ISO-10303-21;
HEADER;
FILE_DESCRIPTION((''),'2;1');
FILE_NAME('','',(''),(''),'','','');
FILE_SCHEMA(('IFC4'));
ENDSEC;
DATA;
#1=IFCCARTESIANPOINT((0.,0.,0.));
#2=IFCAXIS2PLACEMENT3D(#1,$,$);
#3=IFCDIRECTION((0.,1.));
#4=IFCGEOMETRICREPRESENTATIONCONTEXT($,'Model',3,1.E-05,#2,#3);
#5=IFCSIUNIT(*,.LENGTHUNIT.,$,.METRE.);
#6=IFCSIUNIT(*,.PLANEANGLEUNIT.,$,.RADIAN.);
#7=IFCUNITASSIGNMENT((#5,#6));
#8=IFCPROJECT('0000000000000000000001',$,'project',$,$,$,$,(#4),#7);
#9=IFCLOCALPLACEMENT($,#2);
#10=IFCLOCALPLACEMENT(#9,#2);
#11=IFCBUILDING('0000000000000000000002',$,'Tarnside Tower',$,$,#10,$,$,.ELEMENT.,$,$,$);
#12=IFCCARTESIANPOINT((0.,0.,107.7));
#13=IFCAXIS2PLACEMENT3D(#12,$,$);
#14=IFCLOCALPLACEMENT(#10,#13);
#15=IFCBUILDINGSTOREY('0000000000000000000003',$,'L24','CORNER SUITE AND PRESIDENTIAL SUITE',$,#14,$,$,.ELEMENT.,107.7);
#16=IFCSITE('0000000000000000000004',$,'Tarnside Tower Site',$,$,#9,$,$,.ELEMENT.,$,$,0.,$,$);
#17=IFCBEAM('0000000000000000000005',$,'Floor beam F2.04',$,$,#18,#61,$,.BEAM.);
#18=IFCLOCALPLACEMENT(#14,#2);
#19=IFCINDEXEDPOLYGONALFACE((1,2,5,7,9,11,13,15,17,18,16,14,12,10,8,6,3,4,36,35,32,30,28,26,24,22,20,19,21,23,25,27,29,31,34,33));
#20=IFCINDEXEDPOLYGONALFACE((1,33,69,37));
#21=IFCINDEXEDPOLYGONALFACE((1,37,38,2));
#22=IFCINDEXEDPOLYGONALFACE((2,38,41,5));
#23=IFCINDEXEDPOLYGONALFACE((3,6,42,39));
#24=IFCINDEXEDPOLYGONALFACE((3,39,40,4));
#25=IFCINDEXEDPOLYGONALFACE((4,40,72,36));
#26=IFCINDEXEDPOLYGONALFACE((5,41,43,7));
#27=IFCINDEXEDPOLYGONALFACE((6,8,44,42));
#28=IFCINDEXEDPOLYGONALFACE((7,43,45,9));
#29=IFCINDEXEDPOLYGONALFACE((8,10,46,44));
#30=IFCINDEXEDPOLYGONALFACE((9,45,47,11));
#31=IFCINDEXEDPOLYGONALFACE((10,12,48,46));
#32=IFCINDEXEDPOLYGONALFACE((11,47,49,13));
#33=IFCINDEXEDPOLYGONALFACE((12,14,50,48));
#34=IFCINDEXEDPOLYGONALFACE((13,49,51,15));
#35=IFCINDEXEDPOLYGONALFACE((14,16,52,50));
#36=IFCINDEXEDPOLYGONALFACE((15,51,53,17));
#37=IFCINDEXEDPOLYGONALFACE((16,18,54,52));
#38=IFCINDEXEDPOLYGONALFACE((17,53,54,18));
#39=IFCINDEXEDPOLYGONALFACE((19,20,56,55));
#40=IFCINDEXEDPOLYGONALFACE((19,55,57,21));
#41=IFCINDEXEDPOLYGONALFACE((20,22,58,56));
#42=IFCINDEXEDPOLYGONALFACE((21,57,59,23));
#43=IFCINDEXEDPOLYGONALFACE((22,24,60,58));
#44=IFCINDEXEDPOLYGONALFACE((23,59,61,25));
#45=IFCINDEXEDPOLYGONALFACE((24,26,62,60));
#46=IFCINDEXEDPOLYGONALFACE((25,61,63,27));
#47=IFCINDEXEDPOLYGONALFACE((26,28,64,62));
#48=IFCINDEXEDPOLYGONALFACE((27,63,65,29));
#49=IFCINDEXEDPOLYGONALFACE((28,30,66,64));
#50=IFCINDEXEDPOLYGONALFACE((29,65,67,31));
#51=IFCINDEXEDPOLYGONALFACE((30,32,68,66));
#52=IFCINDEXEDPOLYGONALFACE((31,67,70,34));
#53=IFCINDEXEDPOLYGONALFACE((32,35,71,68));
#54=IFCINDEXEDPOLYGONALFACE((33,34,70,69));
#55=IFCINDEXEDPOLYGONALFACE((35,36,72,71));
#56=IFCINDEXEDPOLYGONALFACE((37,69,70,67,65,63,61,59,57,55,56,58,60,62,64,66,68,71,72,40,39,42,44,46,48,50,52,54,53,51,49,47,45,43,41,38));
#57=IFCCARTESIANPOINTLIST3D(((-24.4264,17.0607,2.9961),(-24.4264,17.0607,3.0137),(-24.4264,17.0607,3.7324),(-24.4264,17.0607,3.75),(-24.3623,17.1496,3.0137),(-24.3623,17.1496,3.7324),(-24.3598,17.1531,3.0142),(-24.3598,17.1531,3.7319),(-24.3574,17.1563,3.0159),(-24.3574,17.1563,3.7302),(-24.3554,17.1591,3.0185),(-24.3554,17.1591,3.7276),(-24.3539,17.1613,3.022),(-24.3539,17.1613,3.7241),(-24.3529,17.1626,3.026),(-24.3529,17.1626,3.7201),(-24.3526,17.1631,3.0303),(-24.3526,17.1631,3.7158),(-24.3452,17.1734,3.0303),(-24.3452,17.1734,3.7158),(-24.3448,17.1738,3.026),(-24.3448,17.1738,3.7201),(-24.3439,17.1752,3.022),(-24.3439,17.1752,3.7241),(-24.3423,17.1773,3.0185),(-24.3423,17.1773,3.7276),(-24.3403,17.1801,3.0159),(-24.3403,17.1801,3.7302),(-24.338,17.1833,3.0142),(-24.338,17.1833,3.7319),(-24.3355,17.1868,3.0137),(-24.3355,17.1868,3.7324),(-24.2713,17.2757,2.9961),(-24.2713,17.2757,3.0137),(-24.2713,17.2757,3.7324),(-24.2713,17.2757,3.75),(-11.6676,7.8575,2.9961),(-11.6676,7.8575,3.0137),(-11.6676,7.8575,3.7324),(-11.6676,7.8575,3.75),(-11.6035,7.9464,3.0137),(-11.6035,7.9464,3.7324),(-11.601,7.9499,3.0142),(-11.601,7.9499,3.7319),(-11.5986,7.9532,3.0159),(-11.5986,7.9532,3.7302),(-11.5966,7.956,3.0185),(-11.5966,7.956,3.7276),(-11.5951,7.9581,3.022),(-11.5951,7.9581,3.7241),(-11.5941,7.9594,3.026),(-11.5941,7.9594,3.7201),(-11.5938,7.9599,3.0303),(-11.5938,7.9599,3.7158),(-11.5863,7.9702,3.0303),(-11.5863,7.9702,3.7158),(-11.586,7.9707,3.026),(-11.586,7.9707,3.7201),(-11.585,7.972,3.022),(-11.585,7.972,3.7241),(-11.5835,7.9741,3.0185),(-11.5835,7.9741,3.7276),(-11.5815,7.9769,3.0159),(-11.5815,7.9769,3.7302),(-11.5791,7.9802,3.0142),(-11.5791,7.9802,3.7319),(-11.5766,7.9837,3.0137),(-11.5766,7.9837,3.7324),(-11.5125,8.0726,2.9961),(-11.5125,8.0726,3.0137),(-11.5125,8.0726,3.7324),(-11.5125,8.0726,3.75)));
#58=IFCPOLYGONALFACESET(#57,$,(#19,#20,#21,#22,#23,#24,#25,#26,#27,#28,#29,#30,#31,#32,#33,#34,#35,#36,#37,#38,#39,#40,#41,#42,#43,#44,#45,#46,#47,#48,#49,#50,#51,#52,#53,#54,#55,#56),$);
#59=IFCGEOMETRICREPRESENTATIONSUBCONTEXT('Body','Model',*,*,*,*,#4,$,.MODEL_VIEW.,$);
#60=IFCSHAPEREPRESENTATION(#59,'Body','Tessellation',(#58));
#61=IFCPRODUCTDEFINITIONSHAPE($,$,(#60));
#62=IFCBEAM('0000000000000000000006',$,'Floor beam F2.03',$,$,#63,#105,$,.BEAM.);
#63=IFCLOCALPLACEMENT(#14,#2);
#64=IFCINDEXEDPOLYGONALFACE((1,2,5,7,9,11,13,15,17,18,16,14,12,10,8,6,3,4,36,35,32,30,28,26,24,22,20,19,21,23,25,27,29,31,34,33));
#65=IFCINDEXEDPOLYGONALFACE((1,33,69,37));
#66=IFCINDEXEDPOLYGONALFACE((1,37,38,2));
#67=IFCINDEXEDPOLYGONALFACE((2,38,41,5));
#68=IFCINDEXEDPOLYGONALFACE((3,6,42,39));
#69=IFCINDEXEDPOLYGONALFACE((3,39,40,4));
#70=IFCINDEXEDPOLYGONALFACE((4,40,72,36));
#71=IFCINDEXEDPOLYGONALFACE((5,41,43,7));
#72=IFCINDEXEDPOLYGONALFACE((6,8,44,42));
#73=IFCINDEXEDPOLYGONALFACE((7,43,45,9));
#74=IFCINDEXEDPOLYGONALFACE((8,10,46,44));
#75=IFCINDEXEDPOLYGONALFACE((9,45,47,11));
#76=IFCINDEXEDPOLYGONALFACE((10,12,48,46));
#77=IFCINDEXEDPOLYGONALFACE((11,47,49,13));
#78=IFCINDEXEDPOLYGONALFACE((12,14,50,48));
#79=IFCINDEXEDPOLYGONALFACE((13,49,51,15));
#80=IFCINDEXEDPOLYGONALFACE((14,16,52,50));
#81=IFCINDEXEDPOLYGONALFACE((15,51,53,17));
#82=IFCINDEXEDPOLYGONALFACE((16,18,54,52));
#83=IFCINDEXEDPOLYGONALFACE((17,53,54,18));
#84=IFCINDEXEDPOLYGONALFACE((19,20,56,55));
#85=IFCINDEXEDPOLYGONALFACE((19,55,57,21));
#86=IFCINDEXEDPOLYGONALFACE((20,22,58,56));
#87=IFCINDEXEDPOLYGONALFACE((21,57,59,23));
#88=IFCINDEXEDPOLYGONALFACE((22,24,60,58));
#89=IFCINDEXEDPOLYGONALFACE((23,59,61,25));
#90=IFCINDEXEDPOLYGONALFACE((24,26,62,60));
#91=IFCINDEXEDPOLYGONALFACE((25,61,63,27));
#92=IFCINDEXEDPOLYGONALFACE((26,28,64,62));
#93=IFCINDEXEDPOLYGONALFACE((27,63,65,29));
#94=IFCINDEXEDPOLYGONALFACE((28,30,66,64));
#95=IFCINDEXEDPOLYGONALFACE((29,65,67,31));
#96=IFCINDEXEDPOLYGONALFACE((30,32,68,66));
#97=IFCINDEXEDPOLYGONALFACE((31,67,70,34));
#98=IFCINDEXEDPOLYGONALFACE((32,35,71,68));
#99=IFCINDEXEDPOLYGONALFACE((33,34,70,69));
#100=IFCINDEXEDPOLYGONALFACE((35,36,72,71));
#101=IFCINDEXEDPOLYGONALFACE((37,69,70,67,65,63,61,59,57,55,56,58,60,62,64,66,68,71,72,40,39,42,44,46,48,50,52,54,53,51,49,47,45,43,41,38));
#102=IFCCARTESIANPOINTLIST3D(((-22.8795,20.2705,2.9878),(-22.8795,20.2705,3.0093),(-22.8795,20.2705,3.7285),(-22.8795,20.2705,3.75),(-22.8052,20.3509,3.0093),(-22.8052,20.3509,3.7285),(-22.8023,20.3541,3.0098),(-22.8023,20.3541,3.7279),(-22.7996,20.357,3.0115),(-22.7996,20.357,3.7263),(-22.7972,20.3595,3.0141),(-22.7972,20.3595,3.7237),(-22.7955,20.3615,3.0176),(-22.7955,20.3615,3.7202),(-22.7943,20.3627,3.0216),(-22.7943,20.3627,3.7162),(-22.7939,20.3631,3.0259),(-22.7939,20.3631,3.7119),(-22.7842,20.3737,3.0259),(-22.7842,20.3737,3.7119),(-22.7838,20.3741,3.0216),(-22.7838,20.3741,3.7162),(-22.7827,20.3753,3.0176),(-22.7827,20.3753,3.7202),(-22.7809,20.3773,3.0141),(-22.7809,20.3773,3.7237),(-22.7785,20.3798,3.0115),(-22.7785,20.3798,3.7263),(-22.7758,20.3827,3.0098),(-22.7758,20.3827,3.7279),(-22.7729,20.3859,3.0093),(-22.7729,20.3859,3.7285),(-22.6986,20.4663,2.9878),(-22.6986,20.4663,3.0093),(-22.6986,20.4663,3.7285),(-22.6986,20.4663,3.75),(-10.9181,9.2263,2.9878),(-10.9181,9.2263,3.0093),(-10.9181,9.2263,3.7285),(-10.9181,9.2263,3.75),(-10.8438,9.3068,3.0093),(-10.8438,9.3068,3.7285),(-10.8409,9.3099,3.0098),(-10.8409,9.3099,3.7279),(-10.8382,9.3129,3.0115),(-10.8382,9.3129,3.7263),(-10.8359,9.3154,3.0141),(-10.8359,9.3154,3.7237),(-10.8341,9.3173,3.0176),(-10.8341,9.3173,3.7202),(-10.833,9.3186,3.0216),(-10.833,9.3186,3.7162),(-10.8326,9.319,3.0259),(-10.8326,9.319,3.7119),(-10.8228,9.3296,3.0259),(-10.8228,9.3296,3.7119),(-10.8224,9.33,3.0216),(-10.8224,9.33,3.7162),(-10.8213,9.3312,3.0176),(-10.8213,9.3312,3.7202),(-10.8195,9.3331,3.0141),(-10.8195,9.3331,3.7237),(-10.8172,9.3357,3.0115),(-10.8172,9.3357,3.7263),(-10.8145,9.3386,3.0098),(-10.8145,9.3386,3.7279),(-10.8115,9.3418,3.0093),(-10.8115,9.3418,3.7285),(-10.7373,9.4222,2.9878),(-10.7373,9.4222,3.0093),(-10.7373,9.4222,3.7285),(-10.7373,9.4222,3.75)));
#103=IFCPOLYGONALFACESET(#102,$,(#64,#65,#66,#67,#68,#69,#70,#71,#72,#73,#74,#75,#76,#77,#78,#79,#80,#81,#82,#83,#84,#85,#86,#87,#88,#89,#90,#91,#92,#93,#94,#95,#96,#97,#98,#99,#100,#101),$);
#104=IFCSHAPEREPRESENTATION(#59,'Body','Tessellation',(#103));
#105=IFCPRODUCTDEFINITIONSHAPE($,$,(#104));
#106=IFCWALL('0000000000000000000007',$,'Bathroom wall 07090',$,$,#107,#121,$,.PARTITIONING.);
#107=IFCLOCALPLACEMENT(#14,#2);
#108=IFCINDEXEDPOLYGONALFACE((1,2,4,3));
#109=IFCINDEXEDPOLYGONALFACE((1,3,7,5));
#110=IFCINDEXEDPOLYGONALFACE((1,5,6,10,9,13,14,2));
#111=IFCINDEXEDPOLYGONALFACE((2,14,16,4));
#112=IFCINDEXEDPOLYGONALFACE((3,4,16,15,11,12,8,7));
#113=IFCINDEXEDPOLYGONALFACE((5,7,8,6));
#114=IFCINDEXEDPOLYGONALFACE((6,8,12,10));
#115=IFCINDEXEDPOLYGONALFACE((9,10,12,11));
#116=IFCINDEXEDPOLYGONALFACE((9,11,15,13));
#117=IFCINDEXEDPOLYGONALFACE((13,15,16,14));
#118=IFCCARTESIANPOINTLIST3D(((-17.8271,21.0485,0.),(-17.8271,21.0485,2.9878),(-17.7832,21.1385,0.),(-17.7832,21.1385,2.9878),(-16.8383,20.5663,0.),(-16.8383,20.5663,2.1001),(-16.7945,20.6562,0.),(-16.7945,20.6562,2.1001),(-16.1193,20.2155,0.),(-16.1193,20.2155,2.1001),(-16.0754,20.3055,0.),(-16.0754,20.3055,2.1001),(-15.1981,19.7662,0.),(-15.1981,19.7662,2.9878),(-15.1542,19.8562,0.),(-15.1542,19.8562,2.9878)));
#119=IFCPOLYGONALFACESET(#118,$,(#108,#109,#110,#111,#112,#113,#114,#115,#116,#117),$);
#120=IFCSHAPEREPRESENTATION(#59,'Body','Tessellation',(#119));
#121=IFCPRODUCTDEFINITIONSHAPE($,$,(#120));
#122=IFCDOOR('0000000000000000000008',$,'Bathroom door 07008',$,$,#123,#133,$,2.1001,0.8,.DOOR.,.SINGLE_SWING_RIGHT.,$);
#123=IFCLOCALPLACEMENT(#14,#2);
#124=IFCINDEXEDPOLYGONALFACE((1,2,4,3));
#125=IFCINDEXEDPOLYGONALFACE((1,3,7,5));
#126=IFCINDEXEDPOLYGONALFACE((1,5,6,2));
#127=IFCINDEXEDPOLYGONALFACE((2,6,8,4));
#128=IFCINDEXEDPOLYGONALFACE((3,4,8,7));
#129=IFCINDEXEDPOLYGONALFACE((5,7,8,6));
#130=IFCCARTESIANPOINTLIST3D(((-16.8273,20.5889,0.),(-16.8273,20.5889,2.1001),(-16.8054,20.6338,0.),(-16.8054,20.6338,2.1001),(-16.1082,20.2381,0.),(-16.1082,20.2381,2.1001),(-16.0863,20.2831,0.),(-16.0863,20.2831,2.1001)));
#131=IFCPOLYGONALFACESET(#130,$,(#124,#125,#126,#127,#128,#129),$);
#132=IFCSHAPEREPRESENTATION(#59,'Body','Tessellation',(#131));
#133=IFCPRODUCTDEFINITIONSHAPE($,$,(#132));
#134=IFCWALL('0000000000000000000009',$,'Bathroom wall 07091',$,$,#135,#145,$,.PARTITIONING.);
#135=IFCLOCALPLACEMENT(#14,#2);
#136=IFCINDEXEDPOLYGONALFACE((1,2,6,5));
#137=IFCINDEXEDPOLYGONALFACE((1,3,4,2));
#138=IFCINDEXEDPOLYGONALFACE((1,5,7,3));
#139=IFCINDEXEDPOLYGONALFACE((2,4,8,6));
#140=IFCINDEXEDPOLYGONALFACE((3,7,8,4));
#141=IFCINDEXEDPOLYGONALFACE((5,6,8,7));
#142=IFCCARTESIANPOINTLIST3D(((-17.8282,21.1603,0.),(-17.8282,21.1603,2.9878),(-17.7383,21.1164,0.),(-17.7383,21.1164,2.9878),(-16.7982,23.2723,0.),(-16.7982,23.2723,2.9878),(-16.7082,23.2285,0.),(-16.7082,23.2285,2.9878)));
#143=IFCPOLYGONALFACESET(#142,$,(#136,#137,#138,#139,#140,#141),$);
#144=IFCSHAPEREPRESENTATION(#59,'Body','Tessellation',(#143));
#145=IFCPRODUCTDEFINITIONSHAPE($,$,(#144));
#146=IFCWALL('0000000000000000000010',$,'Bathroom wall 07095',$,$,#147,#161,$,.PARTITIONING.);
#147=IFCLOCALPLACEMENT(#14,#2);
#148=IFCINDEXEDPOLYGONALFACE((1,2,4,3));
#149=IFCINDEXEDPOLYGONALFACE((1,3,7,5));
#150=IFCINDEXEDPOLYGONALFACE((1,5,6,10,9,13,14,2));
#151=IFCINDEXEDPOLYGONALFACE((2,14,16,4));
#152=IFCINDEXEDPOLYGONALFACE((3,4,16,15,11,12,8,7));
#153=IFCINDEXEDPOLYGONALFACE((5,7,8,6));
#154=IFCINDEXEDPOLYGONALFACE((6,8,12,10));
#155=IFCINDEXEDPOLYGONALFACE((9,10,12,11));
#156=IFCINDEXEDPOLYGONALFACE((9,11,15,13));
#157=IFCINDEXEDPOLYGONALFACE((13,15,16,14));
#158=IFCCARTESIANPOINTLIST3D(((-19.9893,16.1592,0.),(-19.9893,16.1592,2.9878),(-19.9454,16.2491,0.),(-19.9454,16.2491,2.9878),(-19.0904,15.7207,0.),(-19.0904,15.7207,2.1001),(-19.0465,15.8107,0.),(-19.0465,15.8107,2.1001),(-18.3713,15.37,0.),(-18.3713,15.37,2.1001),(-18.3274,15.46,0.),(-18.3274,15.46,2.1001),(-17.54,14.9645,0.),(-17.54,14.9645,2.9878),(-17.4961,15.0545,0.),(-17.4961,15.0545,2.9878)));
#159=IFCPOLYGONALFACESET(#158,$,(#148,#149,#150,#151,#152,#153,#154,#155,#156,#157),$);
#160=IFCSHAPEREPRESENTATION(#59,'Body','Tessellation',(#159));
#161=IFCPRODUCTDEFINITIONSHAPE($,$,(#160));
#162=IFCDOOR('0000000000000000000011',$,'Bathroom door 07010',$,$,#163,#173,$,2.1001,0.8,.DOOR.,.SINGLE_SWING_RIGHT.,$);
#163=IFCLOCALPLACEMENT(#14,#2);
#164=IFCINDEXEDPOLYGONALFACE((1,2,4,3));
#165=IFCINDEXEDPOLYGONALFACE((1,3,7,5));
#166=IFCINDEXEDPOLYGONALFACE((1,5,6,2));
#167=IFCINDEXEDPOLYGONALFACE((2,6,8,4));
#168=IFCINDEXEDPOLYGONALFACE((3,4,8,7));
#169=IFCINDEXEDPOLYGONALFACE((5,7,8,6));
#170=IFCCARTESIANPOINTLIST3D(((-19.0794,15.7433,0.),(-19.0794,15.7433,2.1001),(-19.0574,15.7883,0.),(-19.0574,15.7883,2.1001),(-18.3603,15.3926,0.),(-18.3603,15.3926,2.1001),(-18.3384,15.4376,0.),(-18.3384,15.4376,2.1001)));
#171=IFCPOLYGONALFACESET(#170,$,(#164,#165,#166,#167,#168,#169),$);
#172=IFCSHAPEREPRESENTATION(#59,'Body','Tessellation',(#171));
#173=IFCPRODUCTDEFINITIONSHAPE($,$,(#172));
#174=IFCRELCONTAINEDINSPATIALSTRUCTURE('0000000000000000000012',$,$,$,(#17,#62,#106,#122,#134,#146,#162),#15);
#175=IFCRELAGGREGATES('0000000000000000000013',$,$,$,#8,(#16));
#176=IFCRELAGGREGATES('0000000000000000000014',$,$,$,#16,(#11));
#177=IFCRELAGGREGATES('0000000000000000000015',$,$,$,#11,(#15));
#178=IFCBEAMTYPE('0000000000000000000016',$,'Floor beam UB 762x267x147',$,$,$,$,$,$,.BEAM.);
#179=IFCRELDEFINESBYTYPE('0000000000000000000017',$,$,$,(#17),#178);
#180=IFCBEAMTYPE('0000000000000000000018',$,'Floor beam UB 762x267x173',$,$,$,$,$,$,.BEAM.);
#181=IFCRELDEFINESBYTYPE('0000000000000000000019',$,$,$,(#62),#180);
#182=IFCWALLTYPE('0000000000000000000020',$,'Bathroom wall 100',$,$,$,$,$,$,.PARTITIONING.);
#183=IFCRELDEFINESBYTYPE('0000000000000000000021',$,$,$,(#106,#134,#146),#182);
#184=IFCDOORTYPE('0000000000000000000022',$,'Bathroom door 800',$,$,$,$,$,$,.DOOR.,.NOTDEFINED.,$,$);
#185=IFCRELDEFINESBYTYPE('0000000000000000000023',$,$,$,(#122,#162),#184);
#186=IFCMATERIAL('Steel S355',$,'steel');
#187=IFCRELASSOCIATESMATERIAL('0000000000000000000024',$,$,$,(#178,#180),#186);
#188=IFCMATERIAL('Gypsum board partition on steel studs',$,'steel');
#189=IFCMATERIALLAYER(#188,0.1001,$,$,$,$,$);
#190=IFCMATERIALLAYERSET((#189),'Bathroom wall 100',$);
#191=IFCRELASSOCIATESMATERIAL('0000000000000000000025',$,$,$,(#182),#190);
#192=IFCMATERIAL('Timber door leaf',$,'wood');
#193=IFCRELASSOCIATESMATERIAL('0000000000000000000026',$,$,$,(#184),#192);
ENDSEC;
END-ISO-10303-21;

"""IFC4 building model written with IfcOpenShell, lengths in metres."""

from ifc_helpers import new_model, si_unit, direction, frame, frame_2d, origin, origin_2d, place, context, subcontext, project, spatial, rectangle, i_section, extrude, material, layer, layer_set, material_profile, profile_set, type_object, element, fill, save


model = new_model("IFC4")

# Units and contexts
model_context = context("Model", 3, precision=1e-05, world=origin(), true_north=direction((0.0, 1.0)))
body_context = subcontext(model_context, "Body", "Model", "MODEL_VIEW")
ifc_project = project(units=[si_unit("LENGTHUNIT", "METRE"), si_unit("PLANEANGLEUNIT", "RADIAN")], contexts=[model_context])

# Site, building, storey
site_placement = place(None, origin())
site = spatial("IfcSite", under=ifc_project, at=site_placement, Name="Tarnside Tower Site", CompositionType="ELEMENT", RefElevation=0.0)
building_placement = place(site_placement, origin())
building = spatial("IfcBuilding", under=site, at=building_placement, Name="Tarnside Tower", CompositionType="ELEMENT")
storey_placement = place(building_placement, frame((0.0, 0.0, 107.7)))
storey = spatial("IfcBuildingStorey", under=building, at=storey_placement, Name="L24", Description="CORNER SUITE AND PRESIDENTIAL SUITE", CompositionType="ELEMENT", Elevation=107.7)

# Beams
ifc_material_1 = material(Name="Steel S355", Category="steel")
ifc_material_profile_1 = material_profile(ifc_material_1, i_section(OverallWidth=0.2651, OverallDepth=0.7539, WebThickness=0.0127, FlangeThickness=0.0176, FilletRadius=0.0166, at=origin_2d()), Name="UB 762x267x147")
ifc_profile_set_1 = profile_set([ifc_material_profile_1], Name="Steel S355")
beam_type_1 = type_object("IfcBeamType", Name="Floor beam UB 762x267x147", PredefinedType="BEAM", material=ifc_profile_set_1)
beam_1_placement = place(storey_placement, frame((-24.3489, 17.1682, 3.373), z_axis=(0.811028, -0.585008, 0.0), x_axis=(0.585008, 0.811028, 0.0)))
element("IfcBeam", 1, at=beam_1_placement, inside=storey, type_object=beam_type_1, Name="Floor beam F2.04", PredefinedType="BEAM", context=body_context, shape_type="SweptSolid", body=[
    extrude(i_section(OverallWidth=0.2651, OverallDepth=0.7539, WebThickness=0.0127, FlangeThickness=0.0176, FilletRadius=0.0166, at=origin_2d()), origin(), (0.0, 0.0, 1.0), 15.7317),
])
ifc_material_profile_2 = material_profile(ifc_material_1, i_section(OverallWidth=0.2666, OverallDepth=0.7622, WebThickness=0.0144, FlangeThickness=0.0215, FilletRadius=0.0166, at=origin_2d()), Name="UB 762x267x173")
ifc_profile_set_2 = profile_set([ifc_material_profile_2], Name="Steel S355")
beam_type_2 = type_object("IfcBeamType", Name="Floor beam UB 762x267x173", PredefinedType="BEAM", material=ifc_profile_set_2)
beam_2_placement = place(storey_placement, frame((-22.7891, 20.3684, 3.3689), z_axis=(0.734715, -0.678375, 0.0), x_axis=(0.678375, 0.734715, 0.0)))
element("IfcBeam", 2, at=beam_2_placement, inside=storey, type_object=beam_type_2, Name="Floor beam F2.03", PredefinedType="BEAM", context=body_context, shape_type="SweptSolid", body=[
    extrude(i_section(OverallWidth=0.2666, OverallDepth=0.7622, WebThickness=0.0144, FlangeThickness=0.0215, FilletRadius=0.0166, at=origin_2d()), origin(), (0.0, 0.0, 1.0), 16.2803),
])

# Wall, opening, door
ifc_material_2 = material(Name="Gypsum board partition on steel studs", Category="steel")
ifc_layer_1 = layer(ifc_material_2, 0.1001)
ifc_layer_set_1 = layer_set([ifc_layer_1], Name="Bathroom wall 100")
wall_type_1 = type_object("IfcWallType", Name="Bathroom wall 100", PredefinedType="PARTITIONING", material=ifc_layer_set_1)
wall_1_placement = place(storey_placement, frame((-15.1763, 19.8113, 0.0), z_axis=(0.0, 0.0, 1.0), x_axis=(-0.898791, 0.438378, 0.0)))
wall_1 = element("IfcWall", 3, at=wall_1_placement, inside=storey, type_object=wall_type_1, Name="Bathroom wall 07090", PredefinedType="PARTITIONING", context=body_context, shape_type="SweptSolid", body=[
    extrude(rectangle(XDim=2.925, YDim=0.1001, at=frame_2d((1.4624, 0.0))), origin(), (0.0, 0.0, 1.0), 2.9878),
])
opening_1_placement = place(wall_1_placement, frame((1.0249, 0.0, 0.0)))
opening_1 = element("IfcOpeningElement", 4, at=opening_1_placement, cuts=wall_1, PredefinedType="OPENING", context=body_context, shape_type="SweptSolid", body=[
    extrude(rectangle(XDim=0.8, YDim=2.1001, at=frame_2d((0.3999, 1.05))), frame((0.0, 0.0601, 0.0), z_axis=(0.0, -1.0, 0.0), x_axis=(1.0, 0.0, 0.0)), (0.0, 0.0, 1.0), 0.1201),
])
ifc_material_3 = material(Name="Timber door leaf", Category="wood")
door_type_1 = type_object("IfcDoorType", Name="Bathroom door 800", OperationType="NOTDEFINED", PredefinedType="DOOR", material=ifc_material_3)
door_1_placement = place(opening_1_placement, origin())
door_1 = element("IfcDoor", 5, at=door_1_placement, inside=storey, type_object=door_type_1, Name="Bathroom door 07008", OperationType="SINGLE_SWING_RIGHT", OverallHeight=2.1001, OverallWidth=0.8, PredefinedType="DOOR", context=body_context, shape_type="SweptSolid", body=[
    extrude(rectangle(XDim=0.8, YDim=2.1001, at=frame_2d((0.3999, 1.05))), frame((0.0, 0.0249, 0.0), z_axis=(0.0, -1.0, 0.0), x_axis=(1.0, 0.0, 0.0)), (0.0, 0.0, 1.0), 0.05),
])
fill(opening_1, door_1)

# Wall
wall_2_placement = place(storey_placement, frame((-17.7832, 21.1384, 0.0), z_axis=(0.0, 0.0, 1.0), x_axis=(0.43834, 0.898809, 0.0)))
element("IfcWall", 6, at=wall_2_placement, inside=storey, type_object=wall_type_1, Name="Bathroom wall 07091", PredefinedType="PARTITIONING", context=body_context, shape_type="SweptSolid", body=[
    extrude(rectangle(XDim=2.3499, YDim=0.1001, at=frame_2d((1.1748, 0.0))), origin(), (0.0, 0.0, 1.0), 2.9878),
])

# Wall, opening, door
wall_3_placement = place(storey_placement, frame((-17.5181, 15.0095, 0.0), z_axis=(0.0, 0.0, 1.0), x_axis=(-0.898792, 0.438376, 0.0)))
wall_3 = element("IfcWall", 7, at=wall_3_placement, inside=storey, type_object=wall_type_1, Name="Bathroom wall 07095", PredefinedType="PARTITIONING", context=body_context, shape_type="SweptSolid", body=[
    extrude(rectangle(XDim=2.7251, YDim=0.1001, at=frame_2d((1.3625, 0.0))), origin(), (0.0, 0.0, 1.0), 2.9878),
])
opening_2_placement = place(wall_3_placement, frame((0.925, 0.0, 0.0)))
opening_2 = element("IfcOpeningElement", 8, at=opening_2_placement, cuts=wall_3, PredefinedType="OPENING", context=body_context, shape_type="SweptSolid", body=[
    extrude(rectangle(XDim=0.8, YDim=2.1001, at=frame_2d((0.3999, 1.05))), frame((0.0, 0.0601, 0.0), z_axis=(0.0, -1.0, 0.0), x_axis=(1.0, 0.0, 0.0)), (0.0, 0.0, 1.0), 0.1201),
])
door_2_placement = place(opening_2_placement, origin())
door_2 = element("IfcDoor", 9, at=door_2_placement, inside=storey, type_object=door_type_1, Name="Bathroom door 07010", OperationType="SINGLE_SWING_RIGHT", OverallHeight=2.1001, OverallWidth=0.8, PredefinedType="DOOR", context=body_context, shape_type="SweptSolid", body=[
    extrude(rectangle(XDim=0.8, YDim=2.1001, at=frame_2d((0.3999, 1.05))), frame((0.0, 0.0249, 0.0), z_axis=(0.0, -1.0, 0.0), x_axis=(1.0, 0.0, 0.0)), (0.0, 0.0, 1.0), 0.05),
])
fill(opening_2, door_2)

save(model, "model.ifc")
